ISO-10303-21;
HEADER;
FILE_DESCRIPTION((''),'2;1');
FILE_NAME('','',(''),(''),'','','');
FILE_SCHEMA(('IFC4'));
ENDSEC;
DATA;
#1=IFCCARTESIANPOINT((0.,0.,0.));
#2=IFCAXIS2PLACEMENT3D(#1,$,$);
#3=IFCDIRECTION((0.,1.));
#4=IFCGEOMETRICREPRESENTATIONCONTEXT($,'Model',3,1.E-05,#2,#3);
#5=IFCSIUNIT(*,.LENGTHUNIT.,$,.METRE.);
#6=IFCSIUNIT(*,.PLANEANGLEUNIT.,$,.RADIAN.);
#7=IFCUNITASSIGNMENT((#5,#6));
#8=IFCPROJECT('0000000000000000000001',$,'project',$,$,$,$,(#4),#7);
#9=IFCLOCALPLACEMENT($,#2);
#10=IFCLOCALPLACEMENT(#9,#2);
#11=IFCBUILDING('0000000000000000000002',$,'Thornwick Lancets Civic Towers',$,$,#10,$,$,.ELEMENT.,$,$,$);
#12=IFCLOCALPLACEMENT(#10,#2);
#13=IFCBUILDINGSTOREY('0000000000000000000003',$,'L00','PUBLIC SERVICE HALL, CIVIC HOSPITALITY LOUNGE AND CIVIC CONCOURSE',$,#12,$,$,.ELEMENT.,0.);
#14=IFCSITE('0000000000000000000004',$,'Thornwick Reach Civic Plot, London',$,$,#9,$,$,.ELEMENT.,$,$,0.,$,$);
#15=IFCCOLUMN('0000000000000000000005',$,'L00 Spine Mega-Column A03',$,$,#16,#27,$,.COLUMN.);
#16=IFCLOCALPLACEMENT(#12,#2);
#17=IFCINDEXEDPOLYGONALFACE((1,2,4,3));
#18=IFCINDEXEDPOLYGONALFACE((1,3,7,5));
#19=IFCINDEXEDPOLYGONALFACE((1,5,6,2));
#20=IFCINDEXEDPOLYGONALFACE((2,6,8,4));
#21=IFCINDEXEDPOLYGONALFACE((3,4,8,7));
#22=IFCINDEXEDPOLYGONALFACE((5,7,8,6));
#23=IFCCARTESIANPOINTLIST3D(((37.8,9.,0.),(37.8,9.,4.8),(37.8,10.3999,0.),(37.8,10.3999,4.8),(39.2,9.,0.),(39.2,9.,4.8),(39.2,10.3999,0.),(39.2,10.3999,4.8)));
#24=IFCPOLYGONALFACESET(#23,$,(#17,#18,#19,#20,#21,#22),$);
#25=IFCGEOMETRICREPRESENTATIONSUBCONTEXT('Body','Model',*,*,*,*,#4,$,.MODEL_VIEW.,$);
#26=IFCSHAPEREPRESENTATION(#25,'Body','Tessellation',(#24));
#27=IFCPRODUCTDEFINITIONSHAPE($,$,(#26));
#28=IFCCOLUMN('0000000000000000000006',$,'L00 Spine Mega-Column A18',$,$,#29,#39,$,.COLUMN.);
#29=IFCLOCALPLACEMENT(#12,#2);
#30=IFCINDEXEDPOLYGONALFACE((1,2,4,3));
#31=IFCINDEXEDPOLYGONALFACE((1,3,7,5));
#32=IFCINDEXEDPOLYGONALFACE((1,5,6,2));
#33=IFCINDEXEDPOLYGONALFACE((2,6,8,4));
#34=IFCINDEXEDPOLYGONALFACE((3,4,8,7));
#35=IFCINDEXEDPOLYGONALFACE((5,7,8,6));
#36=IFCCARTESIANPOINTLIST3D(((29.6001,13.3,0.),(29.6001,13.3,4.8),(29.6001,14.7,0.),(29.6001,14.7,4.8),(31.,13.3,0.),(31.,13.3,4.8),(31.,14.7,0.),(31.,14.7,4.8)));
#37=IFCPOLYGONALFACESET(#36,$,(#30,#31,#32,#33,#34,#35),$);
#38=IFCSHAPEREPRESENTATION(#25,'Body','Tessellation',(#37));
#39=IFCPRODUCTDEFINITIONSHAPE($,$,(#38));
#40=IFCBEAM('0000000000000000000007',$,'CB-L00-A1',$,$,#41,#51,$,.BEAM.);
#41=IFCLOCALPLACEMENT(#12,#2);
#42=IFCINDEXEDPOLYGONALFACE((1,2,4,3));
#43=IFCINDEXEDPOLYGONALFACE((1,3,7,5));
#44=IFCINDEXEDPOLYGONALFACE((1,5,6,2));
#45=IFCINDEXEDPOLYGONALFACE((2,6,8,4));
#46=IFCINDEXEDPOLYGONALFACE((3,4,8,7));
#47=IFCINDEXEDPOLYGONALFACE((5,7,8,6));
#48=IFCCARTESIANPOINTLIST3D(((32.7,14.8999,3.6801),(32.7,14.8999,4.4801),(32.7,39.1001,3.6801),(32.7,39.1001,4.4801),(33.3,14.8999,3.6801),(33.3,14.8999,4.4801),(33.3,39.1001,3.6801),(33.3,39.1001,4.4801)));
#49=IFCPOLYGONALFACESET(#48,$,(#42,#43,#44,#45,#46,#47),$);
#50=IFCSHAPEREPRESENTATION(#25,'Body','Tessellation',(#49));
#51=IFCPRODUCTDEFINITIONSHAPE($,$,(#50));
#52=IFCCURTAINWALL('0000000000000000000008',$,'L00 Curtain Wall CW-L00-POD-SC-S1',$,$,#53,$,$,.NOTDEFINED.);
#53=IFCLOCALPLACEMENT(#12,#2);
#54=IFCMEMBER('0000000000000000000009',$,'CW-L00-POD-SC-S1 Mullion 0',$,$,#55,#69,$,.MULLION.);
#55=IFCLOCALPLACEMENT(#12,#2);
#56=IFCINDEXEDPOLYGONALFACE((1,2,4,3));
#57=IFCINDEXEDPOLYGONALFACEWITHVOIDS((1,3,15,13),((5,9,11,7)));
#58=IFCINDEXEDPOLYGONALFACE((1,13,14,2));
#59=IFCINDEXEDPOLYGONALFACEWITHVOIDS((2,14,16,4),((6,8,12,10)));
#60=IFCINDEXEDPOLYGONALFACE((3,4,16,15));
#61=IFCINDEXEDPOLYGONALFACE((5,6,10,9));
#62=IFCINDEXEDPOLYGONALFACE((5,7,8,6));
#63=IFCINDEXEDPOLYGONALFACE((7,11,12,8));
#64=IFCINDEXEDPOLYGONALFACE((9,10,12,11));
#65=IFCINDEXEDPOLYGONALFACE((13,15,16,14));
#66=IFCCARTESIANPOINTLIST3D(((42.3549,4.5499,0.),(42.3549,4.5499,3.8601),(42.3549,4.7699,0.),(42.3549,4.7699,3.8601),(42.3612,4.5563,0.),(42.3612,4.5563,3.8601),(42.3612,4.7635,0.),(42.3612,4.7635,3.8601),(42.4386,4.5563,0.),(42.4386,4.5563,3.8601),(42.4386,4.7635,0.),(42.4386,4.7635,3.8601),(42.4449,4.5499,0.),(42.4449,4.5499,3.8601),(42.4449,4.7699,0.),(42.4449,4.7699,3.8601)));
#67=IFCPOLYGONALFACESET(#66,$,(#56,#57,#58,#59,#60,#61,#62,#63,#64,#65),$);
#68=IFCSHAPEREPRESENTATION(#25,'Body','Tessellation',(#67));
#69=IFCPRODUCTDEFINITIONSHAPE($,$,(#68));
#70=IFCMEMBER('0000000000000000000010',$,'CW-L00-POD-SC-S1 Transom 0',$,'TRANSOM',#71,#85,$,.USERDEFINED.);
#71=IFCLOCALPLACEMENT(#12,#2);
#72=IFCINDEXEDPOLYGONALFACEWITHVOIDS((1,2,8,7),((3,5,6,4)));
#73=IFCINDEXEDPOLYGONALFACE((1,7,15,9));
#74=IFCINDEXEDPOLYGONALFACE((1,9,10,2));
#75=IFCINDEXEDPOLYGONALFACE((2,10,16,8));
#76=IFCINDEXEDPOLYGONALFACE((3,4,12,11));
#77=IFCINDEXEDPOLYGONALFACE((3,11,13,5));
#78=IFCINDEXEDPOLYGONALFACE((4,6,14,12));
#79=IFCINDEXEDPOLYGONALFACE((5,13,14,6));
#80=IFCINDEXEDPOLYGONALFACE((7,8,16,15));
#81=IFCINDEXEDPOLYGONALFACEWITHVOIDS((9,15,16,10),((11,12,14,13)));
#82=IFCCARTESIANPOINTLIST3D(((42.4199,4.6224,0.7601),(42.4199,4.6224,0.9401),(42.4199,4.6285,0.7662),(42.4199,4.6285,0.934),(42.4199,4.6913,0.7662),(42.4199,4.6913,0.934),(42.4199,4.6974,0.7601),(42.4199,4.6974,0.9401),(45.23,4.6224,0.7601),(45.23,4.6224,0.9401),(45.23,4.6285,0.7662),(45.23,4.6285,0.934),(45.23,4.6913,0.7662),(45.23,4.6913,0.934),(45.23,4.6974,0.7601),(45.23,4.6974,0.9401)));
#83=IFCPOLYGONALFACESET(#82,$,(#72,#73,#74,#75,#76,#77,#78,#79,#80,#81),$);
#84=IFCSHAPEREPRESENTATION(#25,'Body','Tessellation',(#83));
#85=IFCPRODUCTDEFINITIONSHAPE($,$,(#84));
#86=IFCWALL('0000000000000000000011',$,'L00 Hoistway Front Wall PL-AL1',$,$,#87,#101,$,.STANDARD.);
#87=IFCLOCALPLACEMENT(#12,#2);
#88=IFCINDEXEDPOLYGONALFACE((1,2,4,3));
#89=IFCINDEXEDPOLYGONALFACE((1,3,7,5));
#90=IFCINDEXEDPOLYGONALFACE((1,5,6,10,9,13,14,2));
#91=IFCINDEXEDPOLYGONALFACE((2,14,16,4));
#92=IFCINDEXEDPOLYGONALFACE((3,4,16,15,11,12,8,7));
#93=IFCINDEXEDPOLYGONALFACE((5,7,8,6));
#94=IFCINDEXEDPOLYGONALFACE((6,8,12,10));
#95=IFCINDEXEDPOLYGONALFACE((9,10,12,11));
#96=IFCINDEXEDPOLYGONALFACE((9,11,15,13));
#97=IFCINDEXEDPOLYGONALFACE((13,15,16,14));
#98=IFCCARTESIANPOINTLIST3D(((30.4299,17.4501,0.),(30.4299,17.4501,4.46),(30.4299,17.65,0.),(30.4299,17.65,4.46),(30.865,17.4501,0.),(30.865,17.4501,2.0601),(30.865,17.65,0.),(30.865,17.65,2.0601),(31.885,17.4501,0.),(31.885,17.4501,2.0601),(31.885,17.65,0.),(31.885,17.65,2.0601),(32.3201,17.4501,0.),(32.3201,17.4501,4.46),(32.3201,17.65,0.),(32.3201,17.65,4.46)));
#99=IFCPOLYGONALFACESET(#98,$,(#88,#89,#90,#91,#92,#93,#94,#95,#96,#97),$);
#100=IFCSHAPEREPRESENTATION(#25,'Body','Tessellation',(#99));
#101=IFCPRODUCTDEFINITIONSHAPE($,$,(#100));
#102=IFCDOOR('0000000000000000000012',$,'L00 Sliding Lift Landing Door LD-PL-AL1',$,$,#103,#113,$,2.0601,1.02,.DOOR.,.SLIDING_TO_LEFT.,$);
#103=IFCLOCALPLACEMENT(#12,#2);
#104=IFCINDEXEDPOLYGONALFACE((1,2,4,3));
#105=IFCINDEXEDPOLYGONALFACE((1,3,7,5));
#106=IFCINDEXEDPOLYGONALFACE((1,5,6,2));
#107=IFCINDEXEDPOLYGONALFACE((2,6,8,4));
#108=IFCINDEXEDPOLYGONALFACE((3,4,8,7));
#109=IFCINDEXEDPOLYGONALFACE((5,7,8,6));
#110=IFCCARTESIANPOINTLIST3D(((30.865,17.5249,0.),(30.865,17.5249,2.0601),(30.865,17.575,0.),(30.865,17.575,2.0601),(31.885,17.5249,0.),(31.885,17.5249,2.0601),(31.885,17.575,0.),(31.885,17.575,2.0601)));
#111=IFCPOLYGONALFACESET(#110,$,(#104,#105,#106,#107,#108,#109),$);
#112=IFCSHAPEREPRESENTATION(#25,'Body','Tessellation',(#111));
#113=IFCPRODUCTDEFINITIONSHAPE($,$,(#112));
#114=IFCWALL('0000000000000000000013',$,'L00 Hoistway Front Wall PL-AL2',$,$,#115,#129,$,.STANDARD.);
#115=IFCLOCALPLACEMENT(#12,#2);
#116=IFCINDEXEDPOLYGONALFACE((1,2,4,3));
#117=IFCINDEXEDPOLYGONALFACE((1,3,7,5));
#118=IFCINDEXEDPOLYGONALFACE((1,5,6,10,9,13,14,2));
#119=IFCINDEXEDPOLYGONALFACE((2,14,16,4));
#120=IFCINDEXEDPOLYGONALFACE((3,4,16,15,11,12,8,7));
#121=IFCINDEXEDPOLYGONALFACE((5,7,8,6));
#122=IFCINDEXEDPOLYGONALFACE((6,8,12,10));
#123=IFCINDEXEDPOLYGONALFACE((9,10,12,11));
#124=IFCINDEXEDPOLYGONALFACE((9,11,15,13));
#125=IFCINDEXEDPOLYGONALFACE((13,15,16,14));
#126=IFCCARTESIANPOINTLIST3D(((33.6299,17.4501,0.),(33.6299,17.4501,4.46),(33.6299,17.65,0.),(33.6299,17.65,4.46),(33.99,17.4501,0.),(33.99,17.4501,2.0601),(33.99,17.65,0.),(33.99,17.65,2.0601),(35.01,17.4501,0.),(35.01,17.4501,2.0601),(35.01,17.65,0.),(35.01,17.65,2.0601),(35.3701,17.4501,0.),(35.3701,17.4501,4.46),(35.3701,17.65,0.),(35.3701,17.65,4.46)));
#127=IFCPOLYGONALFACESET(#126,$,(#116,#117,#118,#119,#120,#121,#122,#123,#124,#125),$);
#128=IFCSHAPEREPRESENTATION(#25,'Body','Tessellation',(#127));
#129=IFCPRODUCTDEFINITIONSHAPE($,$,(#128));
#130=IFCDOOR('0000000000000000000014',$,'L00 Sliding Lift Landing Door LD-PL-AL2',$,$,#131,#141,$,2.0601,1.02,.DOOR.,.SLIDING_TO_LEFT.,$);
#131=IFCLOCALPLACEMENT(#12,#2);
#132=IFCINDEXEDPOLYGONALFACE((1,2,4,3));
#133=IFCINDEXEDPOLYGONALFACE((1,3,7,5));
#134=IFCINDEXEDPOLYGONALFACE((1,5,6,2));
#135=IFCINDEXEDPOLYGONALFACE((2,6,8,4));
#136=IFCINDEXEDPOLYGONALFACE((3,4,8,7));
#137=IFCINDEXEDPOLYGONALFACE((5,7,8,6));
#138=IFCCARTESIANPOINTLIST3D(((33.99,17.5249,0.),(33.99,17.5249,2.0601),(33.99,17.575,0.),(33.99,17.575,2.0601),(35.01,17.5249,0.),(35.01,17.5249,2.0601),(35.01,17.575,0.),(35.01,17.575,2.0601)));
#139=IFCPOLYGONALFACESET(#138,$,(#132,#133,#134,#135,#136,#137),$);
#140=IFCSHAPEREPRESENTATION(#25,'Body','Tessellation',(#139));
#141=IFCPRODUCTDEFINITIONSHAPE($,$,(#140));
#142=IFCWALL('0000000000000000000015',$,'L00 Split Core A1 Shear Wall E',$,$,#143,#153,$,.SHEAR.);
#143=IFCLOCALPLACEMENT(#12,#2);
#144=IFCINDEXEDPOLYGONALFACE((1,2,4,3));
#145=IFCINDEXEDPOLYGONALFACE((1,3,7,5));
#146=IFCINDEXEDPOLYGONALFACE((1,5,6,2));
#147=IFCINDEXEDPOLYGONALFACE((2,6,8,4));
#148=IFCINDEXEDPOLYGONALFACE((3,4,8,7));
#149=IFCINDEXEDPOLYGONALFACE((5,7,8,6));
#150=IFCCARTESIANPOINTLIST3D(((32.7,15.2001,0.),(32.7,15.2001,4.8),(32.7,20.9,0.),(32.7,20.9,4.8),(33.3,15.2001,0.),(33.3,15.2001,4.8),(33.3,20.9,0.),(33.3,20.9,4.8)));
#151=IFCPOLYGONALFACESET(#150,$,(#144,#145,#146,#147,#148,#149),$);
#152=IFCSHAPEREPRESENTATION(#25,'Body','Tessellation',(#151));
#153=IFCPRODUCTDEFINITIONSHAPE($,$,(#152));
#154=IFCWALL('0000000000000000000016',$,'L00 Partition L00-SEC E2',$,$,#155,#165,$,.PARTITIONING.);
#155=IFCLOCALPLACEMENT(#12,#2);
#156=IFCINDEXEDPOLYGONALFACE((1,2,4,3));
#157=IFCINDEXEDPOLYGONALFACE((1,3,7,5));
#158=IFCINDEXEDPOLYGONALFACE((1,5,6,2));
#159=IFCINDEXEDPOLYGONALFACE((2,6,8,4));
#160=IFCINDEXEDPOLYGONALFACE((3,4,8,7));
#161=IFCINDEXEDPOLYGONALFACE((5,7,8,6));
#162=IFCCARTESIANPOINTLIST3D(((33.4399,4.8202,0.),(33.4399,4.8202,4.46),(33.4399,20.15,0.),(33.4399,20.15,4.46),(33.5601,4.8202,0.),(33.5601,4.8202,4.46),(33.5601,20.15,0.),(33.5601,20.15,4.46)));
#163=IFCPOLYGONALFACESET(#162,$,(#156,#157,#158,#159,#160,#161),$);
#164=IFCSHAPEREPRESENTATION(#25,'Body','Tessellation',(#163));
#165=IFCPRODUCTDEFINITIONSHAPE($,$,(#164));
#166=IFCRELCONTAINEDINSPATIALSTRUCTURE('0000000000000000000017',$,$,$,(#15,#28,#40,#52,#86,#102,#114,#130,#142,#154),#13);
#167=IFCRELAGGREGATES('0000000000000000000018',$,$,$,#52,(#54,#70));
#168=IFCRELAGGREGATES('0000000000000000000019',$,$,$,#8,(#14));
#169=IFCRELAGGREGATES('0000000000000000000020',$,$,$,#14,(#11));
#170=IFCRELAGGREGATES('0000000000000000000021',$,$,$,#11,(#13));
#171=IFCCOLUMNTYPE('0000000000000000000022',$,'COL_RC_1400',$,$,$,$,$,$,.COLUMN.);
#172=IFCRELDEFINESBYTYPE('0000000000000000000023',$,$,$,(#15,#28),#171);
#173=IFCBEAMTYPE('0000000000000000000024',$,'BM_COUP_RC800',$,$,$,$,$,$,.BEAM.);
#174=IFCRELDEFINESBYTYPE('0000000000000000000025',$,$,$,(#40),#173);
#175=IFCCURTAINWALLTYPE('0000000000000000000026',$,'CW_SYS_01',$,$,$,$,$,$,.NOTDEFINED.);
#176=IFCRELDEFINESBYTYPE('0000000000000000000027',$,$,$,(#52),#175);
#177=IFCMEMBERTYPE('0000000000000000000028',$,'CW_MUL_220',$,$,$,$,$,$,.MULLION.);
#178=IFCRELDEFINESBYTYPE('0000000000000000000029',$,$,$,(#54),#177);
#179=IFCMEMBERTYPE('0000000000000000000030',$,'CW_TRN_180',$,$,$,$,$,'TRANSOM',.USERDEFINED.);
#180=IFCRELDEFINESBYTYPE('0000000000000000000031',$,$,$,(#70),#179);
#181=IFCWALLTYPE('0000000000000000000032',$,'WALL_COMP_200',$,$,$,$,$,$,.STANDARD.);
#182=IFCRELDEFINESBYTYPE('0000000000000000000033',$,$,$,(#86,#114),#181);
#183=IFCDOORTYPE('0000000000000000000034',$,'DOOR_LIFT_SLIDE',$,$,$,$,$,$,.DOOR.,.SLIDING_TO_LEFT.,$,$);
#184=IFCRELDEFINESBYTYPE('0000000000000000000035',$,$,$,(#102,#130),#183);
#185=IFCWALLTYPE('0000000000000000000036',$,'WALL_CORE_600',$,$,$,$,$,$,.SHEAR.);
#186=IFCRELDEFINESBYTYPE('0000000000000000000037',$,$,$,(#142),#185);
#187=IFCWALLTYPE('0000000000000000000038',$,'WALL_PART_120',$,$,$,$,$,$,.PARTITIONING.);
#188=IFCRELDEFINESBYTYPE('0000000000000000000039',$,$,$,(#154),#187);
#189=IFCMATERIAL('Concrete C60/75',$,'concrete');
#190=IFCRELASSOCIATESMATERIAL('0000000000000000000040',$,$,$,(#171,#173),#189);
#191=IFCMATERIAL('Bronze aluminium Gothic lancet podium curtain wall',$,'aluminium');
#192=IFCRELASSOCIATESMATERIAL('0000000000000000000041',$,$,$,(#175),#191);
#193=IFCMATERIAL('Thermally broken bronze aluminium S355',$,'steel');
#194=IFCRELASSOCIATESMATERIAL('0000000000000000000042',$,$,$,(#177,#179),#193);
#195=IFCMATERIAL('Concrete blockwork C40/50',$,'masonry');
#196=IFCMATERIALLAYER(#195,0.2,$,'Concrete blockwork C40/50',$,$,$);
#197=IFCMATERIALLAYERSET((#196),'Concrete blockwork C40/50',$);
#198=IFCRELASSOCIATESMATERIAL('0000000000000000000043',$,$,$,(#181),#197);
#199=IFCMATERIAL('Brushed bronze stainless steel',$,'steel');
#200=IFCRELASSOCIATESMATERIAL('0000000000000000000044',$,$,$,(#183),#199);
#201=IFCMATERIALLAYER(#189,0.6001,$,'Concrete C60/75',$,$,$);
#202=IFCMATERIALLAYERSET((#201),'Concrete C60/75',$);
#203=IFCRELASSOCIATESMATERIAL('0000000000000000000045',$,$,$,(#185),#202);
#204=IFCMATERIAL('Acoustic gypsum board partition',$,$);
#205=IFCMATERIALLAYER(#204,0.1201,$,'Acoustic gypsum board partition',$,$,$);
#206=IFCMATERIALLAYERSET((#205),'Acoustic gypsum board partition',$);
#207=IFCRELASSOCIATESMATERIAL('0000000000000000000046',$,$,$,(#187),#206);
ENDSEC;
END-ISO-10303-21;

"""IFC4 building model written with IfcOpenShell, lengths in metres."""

from ifc_helpers import new_model, si_unit, direction, frame, frame_2d, origin, origin_2d, place, context, subcontext, project, spatial, rectangle, hollow_rectangle, extrude, material, layer, layer_set, material_profile, profile_set, type_object, element, fill, aggregate, save


model = new_model("IFC4")

# Units and contexts
model_context = context("Model", 3, precision=1e-05, world=origin(), true_north=direction((0.0, 1.0)))
body_context = subcontext(model_context, "Body", "Model", "MODEL_VIEW")
ifc_project = project(units=[si_unit("LENGTHUNIT", "METRE"), si_unit("PLANEANGLEUNIT", "RADIAN")], contexts=[model_context])

# Site, building, storey
site_placement = place(None, origin())
site = spatial("IfcSite", under=ifc_project, at=site_placement, Name="Thornwick Reach Civic Plot, London", CompositionType="ELEMENT", RefElevation=0.0)
building_placement = place(site_placement, origin())
building = spatial("IfcBuilding", under=site, at=building_placement, Name="Thornwick Lancets Civic Towers", CompositionType="ELEMENT")
storey_placement = place(building_placement, origin())
storey = spatial("IfcBuildingStorey", under=building, at=storey_placement, Name="L00", Description="PUBLIC SERVICE HALL, CIVIC HOSPITALITY LOUNGE AND CIVIC CONCOURSE", CompositionType="ELEMENT", Elevation=0.0)

# Columns
ifc_material_1 = material(Name="Concrete C60/75", Category="concrete")
ifc_material_profile_1 = material_profile(ifc_material_1, rectangle(XDim=1.3999, YDim=1.3999, at=origin_2d()), Name="RC 1400x1400")
ifc_profile_set_1 = profile_set([ifc_material_profile_1], Name="Concrete C60/75")
column_type = type_object("IfcColumnType", Name="COL_RC_1400", PredefinedType="COLUMN", material=ifc_profile_set_1)
for number, where, z_axis, x_axis, name in (
    (1, (38.5, 9.7, 0.0), (0.0, 0.0, 1.0), (1.0, 0.0, 0.0), "L00 Spine Mega-Column A03"),
    (2, (30.3, 14.0, 0.0), (0.0, 0.0, 1.0), (1.0, 0.0, 0.0), "L00 Spine Mega-Column A18"),
):
    element("IfcColumn", number, at=place(storey_placement, frame(where, z_axis=z_axis, x_axis=x_axis)), inside=storey, type_object=column_type, Name=name, PredefinedType="COLUMN", context=body_context, shape_type="SweptSolid", body=[
        extrude(rectangle(XDim=1.3999, YDim=1.3999, at=origin_2d()), origin(), (0.0, 0.0, 1.0), 4.8),
    ])

# Beam
ifc_material_profile_2 = material_profile(ifc_material_1, rectangle(XDim=0.6001, YDim=0.8, at=origin_2d()), Name="RC 600x800")
ifc_profile_set_2 = profile_set([ifc_material_profile_2], Name="Concrete C60/75")
beam_type = type_object("IfcBeamType", Name="BM_COUP_RC800", PredefinedType="BEAM", material=ifc_profile_set_2)
beam_placement = place(storey_placement, frame((33.0, 14.8999, 4.0801), z_axis=(0.0, 1.0, 0.0), x_axis=(-1.0, 0.0, 0.0)))
element("IfcBeam", 3, at=beam_placement, inside=storey, type_object=beam_type, Name="CB-L00-A1", PredefinedType="BEAM", context=body_context, shape_type="SweptSolid", body=[
    extrude(rectangle(XDim=0.6001, YDim=0.8, at=origin_2d()), origin(), (0.0, 0.0, 1.0), 24.2002),
])

# Curtain wall, members
ifc_material_2 = material(Name="Bronze aluminium Gothic lancet podium curtain wall", Category="aluminium")
curtain_wall_type = type_object("IfcCurtainWallType", Name="CW_SYS_01", PredefinedType="NOTDEFINED", material=ifc_material_2)
curtain_wall_placement = place(storey_placement, origin())
curtain_wall = element("IfcCurtainWall", 4, at=curtain_wall_placement, inside=storey, type_object=curtain_wall_type, Name="L00 Curtain Wall CW-L00-POD-SC-S1", PredefinedType="NOTDEFINED")
ifc_material_3 = material(Name="Thermally broken bronze aluminium S355", Category="steel")
ifc_material_profile_3 = material_profile(ifc_material_3, hollow_rectangle(XDim=0.0901, YDim=0.22, WallThickness=0.0063, at=origin_2d()), Name="RHS 220x90x6.3")
ifc_profile_set_3 = profile_set([ifc_material_profile_3], Name="Thermally broken bronze aluminium S355")
member_type_1 = type_object("IfcMemberType", Name="CW_MUL_220", PredefinedType="MULLION", material=ifc_profile_set_3)
member_1_placement = place(storey_placement, frame((42.3999, 4.6599, 0.0), z_axis=(0.0, 0.0, 1.0), x_axis=(1.0, 0.0, 0.0)))
member_1 = element("IfcMember", 5, at=member_1_placement, type_object=member_type_1, Name="CW-L00-POD-SC-S1 Mullion 0", PredefinedType="MULLION", context=body_context, shape_type="SweptSolid", body=[
    extrude(hollow_rectangle(XDim=0.0901, YDim=0.22, WallThickness=0.0063, at=origin_2d()), origin(), (0.0, 0.0, 1.0), 3.8601),
])
ifc_material_profile_4 = material_profile(ifc_material_3, hollow_rectangle(XDim=0.075, YDim=0.1799, WallThickness=0.0061, at=origin_2d()), Name="RHS 180x75x6")
ifc_profile_set_4 = profile_set([ifc_material_profile_4], Name="Thermally broken bronze aluminium S355")
member_type_2 = type_object("IfcMemberType", Name="CW_TRN_180", ElementType="TRANSOM", PredefinedType="USERDEFINED", material=ifc_profile_set_4)
member_2_placement = place(storey_placement, frame((42.4199, 4.6599, 0.8501), z_axis=(1.0, 0.0, 0.0), x_axis=(0.0, 1.0, 0.0)))
member_2 = element("IfcMember", 6, at=member_2_placement, type_object=member_type_2, Name="CW-L00-POD-SC-S1 Transom 0", ObjectType="TRANSOM", PredefinedType="USERDEFINED", context=body_context, shape_type="SweptSolid", body=[
    extrude(hollow_rectangle(XDim=0.075, YDim=0.1799, WallThickness=0.0061, at=origin_2d()), origin(), (0.0, 0.0, 1.0), 2.8101),
])
aggregate(curtain_wall, [member_1, member_2])

# Walls, openings, doors
ifc_material_4 = material(Name="Concrete blockwork C40/50", Category="masonry")
ifc_layer_1 = layer(ifc_material_4, 0.2, Name="Concrete blockwork C40/50")
ifc_layer_set_1 = layer_set([ifc_layer_1], Name="Concrete blockwork C40/50")
wall_type_1 = type_object("IfcWallType", Name="WALL_COMP_200", PredefinedType="STANDARD", material=ifc_layer_set_1)
wall_1_placement = place(storey_placement, frame((30.4299, 17.55, 0.0), z_axis=(0.0, 0.0, 1.0), x_axis=(1.0, 0.0, 0.0)))
wall_1 = element("IfcWall", 7, at=wall_1_placement, inside=storey, type_object=wall_type_1, Name="L00 Hoistway Front Wall PL-AL1", PredefinedType="STANDARD", context=body_context, shape_type="SweptSolid", body=[
    extrude(rectangle(XDim=1.8901, YDim=0.2, at=frame_2d((0.9451, 0.0))), origin(), (0.0, 0.0, 1.0), 4.46),
])
opening_1_placement = place(wall_1_placement, frame((0.4351, 0.0, 0.0)))
opening_1 = element("IfcOpeningElement", 8, at=opening_1_placement, cuts=wall_1, PredefinedType="OPENING", context=body_context, shape_type="SweptSolid", body=[
    extrude(rectangle(XDim=1.02, YDim=2.0601, at=frame_2d((0.51, 1.03))), frame((0.0, 0.1099, 0.0), z_axis=(0.0, -1.0, 0.0), x_axis=(1.0, 0.0, 0.0)), (0.0, 0.0, 1.0), 0.22),
])
ifc_material_5 = material(Name="Brushed bronze stainless steel", Category="steel")
door_type = type_object("IfcDoorType", Name="DOOR_LIFT_SLIDE", OperationType="SLIDING_TO_LEFT", PredefinedType="DOOR", material=ifc_material_5)
door_1_placement = place(opening_1_placement, origin())
door_1 = element("IfcDoor", 9, at=door_1_placement, inside=storey, type_object=door_type, Name="L00 Sliding Lift Landing Door LD-PL-AL1", OperationType="SLIDING_TO_LEFT", OverallHeight=2.0601, OverallWidth=1.02, PredefinedType="DOOR", context=body_context, shape_type="SweptSolid", body=[
    extrude(rectangle(XDim=1.02, YDim=2.0601, at=frame_2d((0.51, 1.03))), frame((0.0, 0.0249, 0.0), z_axis=(0.0, -1.0, 0.0), x_axis=(1.0, 0.0, 0.0)), (0.0, 0.0, 1.0), 0.05),
])
fill(opening_1, door_1)
wall_2_placement = place(storey_placement, frame((33.6299, 17.55, 0.0), z_axis=(0.0, 0.0, 1.0), x_axis=(1.0, 0.0, 0.0)))
wall_2 = element("IfcWall", 10, at=wall_2_placement, inside=storey, type_object=wall_type_1, Name="L00 Hoistway Front Wall PL-AL2", PredefinedType="STANDARD", context=body_context, shape_type="SweptSolid", body=[
    extrude(rectangle(XDim=1.7402, YDim=0.2, at=frame_2d((0.8701, 0.0))), origin(), (0.0, 0.0, 1.0), 4.46),
])
opening_2_placement = place(wall_2_placement, frame((0.3601, 0.0, 0.0)))
opening_2 = element("IfcOpeningElement", 11, at=opening_2_placement, cuts=wall_2, PredefinedType="OPENING", context=body_context, shape_type="SweptSolid", body=[
    extrude(rectangle(XDim=1.02, YDim=2.0601, at=frame_2d((0.51, 1.03))), frame((0.0, 0.1099, 0.0), z_axis=(0.0, -1.0, 0.0), x_axis=(1.0, 0.0, 0.0)), (0.0, 0.0, 1.0), 0.22),
])
door_2_placement = place(opening_2_placement, origin())
door_2 = element("IfcDoor", 12, at=door_2_placement, inside=storey, type_object=door_type, Name="L00 Sliding Lift Landing Door LD-PL-AL2", OperationType="SLIDING_TO_LEFT", OverallHeight=2.0601, OverallWidth=1.02, PredefinedType="DOOR", context=body_context, shape_type="SweptSolid", body=[
    extrude(rectangle(XDim=1.02, YDim=2.0601, at=frame_2d((0.51, 1.03))), frame((0.0, 0.0249, 0.0), z_axis=(0.0, -1.0, 0.0), x_axis=(1.0, 0.0, 0.0)), (0.0, 0.0, 1.0), 0.05),
])
fill(opening_2, door_2)

# Walls
ifc_layer_2 = layer(ifc_material_1, 0.6001, Name="Concrete C60/75")
ifc_layer_set_2 = layer_set([ifc_layer_2], Name="Concrete C60/75")
wall_type_2 = type_object("IfcWallType", Name="WALL_CORE_600", PredefinedType="SHEAR", material=ifc_layer_set_2)
wall_3_placement = place(storey_placement, frame((33.0, 15.2, 0.0), z_axis=(0.0, 0.0, 1.0), x_axis=(0.0, 1.0, 0.0)))
element("IfcWall", 13, at=wall_3_placement, inside=storey, type_object=wall_type_2, Name="L00 Split Core A1 Shear Wall E", PredefinedType="SHEAR", context=body_context, shape_type="SweptSolid", body=[
    extrude(rectangle(XDim=5.7, YDim=0.6001, at=frame_2d((2.8501, 0.0))), origin(), (0.0, 0.0, 1.0), 4.8),
])
ifc_material_6 = material(Name="Acoustic gypsum board partition")
ifc_layer_3 = layer(ifc_material_6, 0.1201, Name="Acoustic gypsum board partition")
ifc_layer_set_3 = layer_set([ifc_layer_3], Name="Acoustic gypsum board partition")
wall_type_3 = type_object("IfcWallType", Name="WALL_PART_120", PredefinedType="PARTITIONING", material=ifc_layer_set_3)
wall_4_placement = place(storey_placement, frame((33.5, 4.8201, 0.0), z_axis=(0.0, 0.0, 1.0), x_axis=(0.0, 1.0, 0.0)))
element("IfcWall", 14, at=wall_4_placement, inside=storey, type_object=wall_type_3, Name="L00 Partition L00-SEC E2", PredefinedType="PARTITIONING", context=body_context, shape_type="SweptSolid", body=[
    extrude(rectangle(XDim=15.3298, YDim=0.1201, at=frame_2d((7.665, 0.0))), origin(), (0.0, 0.0, 1.0), 4.46),
])

save(model, "model.ifc")
